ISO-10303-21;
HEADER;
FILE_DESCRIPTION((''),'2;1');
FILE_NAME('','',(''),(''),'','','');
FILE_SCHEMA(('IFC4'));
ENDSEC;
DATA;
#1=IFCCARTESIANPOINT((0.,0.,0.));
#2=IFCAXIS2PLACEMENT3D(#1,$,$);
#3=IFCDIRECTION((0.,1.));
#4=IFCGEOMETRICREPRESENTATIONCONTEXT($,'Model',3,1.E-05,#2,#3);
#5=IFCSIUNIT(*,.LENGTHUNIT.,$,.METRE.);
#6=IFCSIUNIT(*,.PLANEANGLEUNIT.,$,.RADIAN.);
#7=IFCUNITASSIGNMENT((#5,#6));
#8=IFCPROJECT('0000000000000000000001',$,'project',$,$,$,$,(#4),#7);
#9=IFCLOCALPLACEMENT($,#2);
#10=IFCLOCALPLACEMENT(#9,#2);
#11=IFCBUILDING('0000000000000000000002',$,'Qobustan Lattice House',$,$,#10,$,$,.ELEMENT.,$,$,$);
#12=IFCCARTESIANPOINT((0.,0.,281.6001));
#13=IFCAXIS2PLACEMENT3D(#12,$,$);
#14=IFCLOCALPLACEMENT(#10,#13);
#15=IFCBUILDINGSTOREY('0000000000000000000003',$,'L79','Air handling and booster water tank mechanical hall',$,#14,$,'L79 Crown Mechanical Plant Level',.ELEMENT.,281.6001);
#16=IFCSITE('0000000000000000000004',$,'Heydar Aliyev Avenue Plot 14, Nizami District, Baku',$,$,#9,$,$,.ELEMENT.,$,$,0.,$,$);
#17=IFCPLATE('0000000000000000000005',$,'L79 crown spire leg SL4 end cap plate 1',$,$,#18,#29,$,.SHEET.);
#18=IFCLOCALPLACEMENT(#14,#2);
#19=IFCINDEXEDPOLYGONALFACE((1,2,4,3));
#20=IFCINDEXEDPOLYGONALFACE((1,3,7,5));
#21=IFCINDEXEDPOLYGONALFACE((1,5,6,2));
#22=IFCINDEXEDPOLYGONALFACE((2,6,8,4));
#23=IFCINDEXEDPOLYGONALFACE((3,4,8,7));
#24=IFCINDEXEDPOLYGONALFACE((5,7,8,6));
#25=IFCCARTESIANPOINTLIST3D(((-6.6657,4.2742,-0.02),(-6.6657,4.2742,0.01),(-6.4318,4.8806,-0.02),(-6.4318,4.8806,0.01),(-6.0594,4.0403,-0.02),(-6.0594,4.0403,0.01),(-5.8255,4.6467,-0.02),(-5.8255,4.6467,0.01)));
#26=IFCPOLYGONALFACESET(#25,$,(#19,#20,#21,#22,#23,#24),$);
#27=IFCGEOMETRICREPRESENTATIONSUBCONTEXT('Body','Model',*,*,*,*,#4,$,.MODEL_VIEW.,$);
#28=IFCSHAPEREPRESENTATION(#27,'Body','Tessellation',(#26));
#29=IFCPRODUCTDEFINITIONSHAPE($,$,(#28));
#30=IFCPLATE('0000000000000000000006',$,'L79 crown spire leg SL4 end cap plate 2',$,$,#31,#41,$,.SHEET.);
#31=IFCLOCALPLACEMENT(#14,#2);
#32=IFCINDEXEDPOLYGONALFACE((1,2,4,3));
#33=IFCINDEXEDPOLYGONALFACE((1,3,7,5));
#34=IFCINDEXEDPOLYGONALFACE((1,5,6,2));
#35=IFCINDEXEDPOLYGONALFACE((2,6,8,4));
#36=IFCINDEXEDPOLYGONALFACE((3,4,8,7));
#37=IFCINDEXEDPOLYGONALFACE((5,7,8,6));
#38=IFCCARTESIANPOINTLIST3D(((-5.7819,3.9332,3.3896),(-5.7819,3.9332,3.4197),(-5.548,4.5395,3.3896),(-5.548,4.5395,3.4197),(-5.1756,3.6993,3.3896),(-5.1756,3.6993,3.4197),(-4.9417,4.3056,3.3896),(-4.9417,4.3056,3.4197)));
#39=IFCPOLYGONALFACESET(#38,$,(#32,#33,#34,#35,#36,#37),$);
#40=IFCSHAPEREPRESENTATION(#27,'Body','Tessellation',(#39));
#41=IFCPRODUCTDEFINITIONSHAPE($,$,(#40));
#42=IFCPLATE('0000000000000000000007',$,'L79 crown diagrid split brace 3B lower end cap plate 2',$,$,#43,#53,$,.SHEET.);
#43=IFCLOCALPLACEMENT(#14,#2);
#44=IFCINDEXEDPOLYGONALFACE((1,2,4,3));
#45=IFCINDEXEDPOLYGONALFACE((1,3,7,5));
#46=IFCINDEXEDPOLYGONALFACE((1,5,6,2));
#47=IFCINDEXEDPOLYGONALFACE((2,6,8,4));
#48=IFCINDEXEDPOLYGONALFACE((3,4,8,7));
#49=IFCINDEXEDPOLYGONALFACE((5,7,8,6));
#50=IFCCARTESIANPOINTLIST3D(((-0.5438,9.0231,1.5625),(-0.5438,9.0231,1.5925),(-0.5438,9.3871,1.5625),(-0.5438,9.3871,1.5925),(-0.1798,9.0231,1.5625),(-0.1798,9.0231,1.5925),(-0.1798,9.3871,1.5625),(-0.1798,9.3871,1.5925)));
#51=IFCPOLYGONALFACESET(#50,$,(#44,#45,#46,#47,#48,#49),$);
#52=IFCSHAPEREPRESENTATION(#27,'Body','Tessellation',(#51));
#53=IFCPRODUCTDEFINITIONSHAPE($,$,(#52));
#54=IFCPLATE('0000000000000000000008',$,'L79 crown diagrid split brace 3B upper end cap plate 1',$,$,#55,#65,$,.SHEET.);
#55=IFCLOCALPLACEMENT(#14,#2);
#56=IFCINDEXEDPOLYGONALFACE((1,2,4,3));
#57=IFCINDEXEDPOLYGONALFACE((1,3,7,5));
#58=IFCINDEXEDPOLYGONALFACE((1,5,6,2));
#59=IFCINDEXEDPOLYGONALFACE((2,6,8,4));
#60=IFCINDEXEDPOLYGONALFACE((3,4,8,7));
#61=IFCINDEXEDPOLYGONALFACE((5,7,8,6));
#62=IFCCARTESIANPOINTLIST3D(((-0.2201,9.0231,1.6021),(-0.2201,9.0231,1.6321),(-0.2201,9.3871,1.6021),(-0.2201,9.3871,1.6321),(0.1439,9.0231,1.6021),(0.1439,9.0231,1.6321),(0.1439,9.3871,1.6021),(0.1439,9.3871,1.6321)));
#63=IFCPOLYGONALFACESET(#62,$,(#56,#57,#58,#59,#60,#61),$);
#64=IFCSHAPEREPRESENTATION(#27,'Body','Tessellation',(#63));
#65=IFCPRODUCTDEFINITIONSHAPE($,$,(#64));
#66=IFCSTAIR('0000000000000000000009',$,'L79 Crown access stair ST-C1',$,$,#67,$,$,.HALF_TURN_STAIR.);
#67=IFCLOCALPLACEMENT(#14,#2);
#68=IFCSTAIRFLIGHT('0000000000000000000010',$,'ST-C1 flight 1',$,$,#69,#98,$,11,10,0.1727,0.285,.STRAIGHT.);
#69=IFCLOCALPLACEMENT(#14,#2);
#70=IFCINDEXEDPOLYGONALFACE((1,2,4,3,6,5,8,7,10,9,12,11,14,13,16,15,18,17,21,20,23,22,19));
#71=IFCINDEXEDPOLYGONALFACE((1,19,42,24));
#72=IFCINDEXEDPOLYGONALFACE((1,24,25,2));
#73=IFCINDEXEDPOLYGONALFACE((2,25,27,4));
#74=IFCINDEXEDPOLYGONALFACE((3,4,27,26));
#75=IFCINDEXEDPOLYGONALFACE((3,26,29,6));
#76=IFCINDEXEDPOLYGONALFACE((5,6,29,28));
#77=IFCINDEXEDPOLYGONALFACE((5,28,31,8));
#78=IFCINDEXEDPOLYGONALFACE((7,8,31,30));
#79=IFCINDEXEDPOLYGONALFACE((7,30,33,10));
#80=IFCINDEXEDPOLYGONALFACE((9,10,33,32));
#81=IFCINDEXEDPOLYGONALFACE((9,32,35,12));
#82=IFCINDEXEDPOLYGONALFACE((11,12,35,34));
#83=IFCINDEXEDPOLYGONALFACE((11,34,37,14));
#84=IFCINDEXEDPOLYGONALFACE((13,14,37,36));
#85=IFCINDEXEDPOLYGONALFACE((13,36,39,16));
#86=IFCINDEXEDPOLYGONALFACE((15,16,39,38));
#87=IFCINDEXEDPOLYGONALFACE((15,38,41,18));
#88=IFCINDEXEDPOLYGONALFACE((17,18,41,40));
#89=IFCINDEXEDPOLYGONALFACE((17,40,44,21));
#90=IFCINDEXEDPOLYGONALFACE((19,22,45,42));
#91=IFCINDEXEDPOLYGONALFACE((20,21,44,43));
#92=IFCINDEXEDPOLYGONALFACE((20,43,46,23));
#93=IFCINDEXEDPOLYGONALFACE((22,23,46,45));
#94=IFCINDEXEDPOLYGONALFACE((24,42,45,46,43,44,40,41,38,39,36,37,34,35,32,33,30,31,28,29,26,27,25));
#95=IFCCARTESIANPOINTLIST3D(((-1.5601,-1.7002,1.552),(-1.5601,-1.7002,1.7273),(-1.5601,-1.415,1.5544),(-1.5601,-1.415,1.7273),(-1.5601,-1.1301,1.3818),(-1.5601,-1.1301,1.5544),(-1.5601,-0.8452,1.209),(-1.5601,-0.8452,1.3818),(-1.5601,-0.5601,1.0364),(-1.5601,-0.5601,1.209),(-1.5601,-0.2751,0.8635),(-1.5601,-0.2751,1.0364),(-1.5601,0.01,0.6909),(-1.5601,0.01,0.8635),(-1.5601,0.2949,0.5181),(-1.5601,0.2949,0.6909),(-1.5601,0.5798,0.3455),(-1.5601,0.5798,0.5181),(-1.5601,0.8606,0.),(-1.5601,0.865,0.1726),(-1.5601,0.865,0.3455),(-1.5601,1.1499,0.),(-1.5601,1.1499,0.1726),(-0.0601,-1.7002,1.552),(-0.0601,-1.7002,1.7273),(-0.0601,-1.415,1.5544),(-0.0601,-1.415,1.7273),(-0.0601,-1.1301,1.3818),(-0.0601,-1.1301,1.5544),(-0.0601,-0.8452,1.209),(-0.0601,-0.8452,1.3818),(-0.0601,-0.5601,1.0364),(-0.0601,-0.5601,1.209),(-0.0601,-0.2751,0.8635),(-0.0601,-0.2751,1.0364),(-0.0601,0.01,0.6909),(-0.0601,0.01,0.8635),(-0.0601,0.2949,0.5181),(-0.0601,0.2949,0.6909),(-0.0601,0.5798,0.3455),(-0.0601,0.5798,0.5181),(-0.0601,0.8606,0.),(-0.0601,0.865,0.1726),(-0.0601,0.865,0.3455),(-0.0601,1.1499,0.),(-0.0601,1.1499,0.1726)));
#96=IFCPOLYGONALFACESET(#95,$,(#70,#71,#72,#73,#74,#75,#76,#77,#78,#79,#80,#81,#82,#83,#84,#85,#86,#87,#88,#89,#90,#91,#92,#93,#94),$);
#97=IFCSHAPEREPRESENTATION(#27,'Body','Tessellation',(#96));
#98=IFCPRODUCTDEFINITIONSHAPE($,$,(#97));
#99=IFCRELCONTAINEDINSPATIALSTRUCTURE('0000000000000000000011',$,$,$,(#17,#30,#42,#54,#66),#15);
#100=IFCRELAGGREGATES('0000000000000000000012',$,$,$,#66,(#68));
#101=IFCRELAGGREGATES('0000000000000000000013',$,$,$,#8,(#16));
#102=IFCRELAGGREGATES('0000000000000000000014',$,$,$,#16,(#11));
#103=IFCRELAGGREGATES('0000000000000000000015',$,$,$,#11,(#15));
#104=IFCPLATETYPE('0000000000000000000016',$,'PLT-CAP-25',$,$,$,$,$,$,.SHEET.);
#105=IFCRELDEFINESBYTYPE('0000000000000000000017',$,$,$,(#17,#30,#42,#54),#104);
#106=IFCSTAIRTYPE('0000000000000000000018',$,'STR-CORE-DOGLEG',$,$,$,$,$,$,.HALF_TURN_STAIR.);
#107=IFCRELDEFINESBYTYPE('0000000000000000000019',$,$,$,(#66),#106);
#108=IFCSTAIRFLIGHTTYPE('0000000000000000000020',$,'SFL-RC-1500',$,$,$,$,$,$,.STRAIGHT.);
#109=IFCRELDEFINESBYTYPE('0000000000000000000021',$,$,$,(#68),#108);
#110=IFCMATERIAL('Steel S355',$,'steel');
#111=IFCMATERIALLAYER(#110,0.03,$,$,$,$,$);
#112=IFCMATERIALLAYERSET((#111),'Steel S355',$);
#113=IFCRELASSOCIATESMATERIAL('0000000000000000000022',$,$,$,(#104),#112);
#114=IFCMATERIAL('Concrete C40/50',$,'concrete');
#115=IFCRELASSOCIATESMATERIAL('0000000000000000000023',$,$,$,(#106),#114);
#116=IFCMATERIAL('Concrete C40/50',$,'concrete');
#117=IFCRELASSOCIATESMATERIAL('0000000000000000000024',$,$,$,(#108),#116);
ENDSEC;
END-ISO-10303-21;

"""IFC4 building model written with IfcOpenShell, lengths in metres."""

from ifc_helpers import new_model, si_unit, direction, frame, origin, origin_2d, place, context, subcontext, project, spatial, polyline, rectangle, outline, extrude, material, layer, layer_set, type_object, element, aggregate, save


model = new_model("IFC4")

# Units and contexts
model_context = context("Model", 3, precision=1e-05, world=origin(), true_north=direction((0.0, 1.0)))
body_context = subcontext(model_context, "Body", "Model", "MODEL_VIEW")
ifc_project = project(units=[si_unit("LENGTHUNIT", "METRE"), si_unit("PLANEANGLEUNIT", "RADIAN")], contexts=[model_context])

# Site, building, storey
site_placement = place(None, origin())
site = spatial("IfcSite", under=ifc_project, at=site_placement, Name="Heydar Aliyev Avenue Plot 14, Nizami District, Baku", CompositionType="ELEMENT", RefElevation=0.0)
building_placement = place(site_placement, origin())
building = spatial("IfcBuilding", under=site, at=building_placement, Name="Qobustan Lattice House", CompositionType="ELEMENT")
storey_placement = place(building_placement, frame((0.0, 0.0, 281.6001)))
storey = spatial("IfcBuildingStorey", under=building, at=storey_placement, Name="L79", Description="Air handling and booster water tank mechanical hall", LongName="L79 Crown Mechanical Plant Level", CompositionType="ELEMENT", Elevation=281.6001)

# Plates
ifc_material_1 = material(Name="Steel S355", Category="steel")
ifc_layer_1 = layer(ifc_material_1, 0.03)
ifc_layer_set_1 = layer_set([ifc_layer_1], Name="Steel S355")
plate_type_1 = type_object("IfcPlateType", Name="PLT-CAP-25", PredefinedType="SHEET", material=ifc_layer_set_1)
for number, where, z_axis, x_axis, name in (
    (1, (-6.2456, 4.4604, -0.02), (0.0, 0.0, 1.0), (0.932991, -0.359899, 0.0), "L79 crown spire leg SL4 end cap plate 1"),
    (2, (-5.3618, 4.1194, 3.3896), (0.0, 0.0, 1.0), (0.932991, -0.359899, 0.0), "L79 crown spire leg SL4 end cap plate 2"),
):
    element("IfcPlate", number, at=place(storey_placement, frame(where, z_axis=z_axis, x_axis=x_axis)), inside=storey, type_object=plate_type_1, Name=name, PredefinedType="SHEET", context=body_context, shape_type="SweptSolid", body=[
        extrude(rectangle(XDim=0.6499, YDim=0.6499, at=origin_2d()), origin(), (0.0, 0.0, 1.0), 0.03),
    ])
for number, where, z_axis, x_axis, name in (
    (3, (-0.3618, 9.2051, 1.5625), (0.0, 0.0, 1.0), (1.0, 0.0, 0.0), "L79 crown diagrid split brace 3B lower end cap plate 2"),
    (4, (-0.0381, 9.2051, 1.6021), (0.0, 0.0, 1.0), (1.0, 0.0, 0.0), "L79 crown diagrid split brace 3B upper end cap plate 1"),
):
    element("IfcPlate", number, at=place(storey_placement, frame(where, z_axis=z_axis, x_axis=x_axis)), inside=storey, type_object=plate_type_1, Name=name, PredefinedType="SHEET", context=body_context, shape_type="SweptSolid", body=[
        extrude(rectangle(XDim=0.364, YDim=0.364, at=origin_2d()), origin(), (0.0, 0.0, 1.0), 0.03),
    ])

# Stair, stair flight
ifc_material_2 = material(Name="Concrete C40/50", Category="concrete")
stair_type = type_object("IfcStairType", Name="STR-CORE-DOGLEG", PredefinedType="HALF_TURN_STAIR", material=ifc_material_2)
stair_placement = place(storey_placement, origin())
stair = element("IfcStair", 5, at=stair_placement, inside=storey, type_object=stair_type, Name="L79 Crown access stair ST-C1", PredefinedType="HALF_TURN_STAIR")
ifc_material_3 = material(Name="Concrete C40/50", Category="concrete")
stair_flight_type = type_object("IfcStairFlightType", Name="SFL-RC-1500", PredefinedType="STRAIGHT", material=ifc_material_3)
stair_flight_placement = place(storey_placement, frame((-0.8101, 1.1499, 0.0), z_axis=(0.0, 0.0, 1.0), x_axis=(0.0, -1.0, 0.0)))
stair_flight = element("IfcStairFlight", 6, at=stair_flight_placement, type_object=stair_flight_type, Name="ST-C1 flight 1", NumberOfRisers=11, NumberOfTreads=10, PredefinedType="STRAIGHT", RiserHeight=0.1727, TreadLength=0.285, context=body_context, shape_type="SweptSolid", body=[
    extrude(outline(polyline([(0.0, 0.0), (0.0, 0.1726), (0.2849, 0.1726), (0.2849, 0.3455), (0.5701, 0.3455), (0.5701, 0.5181), (0.855, 0.5181), (0.855, 0.6909), (1.1399, 0.6909), (1.1399, 0.8635), (1.425, 0.8635), (1.425, 1.0364), (1.71, 1.0364), (1.71, 1.209), (1.9951, 1.209), (1.9951, 1.3818), (2.28, 1.3818), (2.28, 1.5544), (2.5649, 1.5544), (2.5649, 1.7273), (2.8501, 1.7273), (2.8501, 1.8999), (2.8501, 1.552), (0.2893, 0.0), (0.0, 0.0)])), frame((0.0, 0.75, 0.0), z_axis=(0.0, -1.0, 0.0), x_axis=(1.0, 0.0, 0.0)), (0.0, 0.0, 1.0), 1.5),
])
aggregate(stair, [stair_flight])

save(model, "model.ifc")
